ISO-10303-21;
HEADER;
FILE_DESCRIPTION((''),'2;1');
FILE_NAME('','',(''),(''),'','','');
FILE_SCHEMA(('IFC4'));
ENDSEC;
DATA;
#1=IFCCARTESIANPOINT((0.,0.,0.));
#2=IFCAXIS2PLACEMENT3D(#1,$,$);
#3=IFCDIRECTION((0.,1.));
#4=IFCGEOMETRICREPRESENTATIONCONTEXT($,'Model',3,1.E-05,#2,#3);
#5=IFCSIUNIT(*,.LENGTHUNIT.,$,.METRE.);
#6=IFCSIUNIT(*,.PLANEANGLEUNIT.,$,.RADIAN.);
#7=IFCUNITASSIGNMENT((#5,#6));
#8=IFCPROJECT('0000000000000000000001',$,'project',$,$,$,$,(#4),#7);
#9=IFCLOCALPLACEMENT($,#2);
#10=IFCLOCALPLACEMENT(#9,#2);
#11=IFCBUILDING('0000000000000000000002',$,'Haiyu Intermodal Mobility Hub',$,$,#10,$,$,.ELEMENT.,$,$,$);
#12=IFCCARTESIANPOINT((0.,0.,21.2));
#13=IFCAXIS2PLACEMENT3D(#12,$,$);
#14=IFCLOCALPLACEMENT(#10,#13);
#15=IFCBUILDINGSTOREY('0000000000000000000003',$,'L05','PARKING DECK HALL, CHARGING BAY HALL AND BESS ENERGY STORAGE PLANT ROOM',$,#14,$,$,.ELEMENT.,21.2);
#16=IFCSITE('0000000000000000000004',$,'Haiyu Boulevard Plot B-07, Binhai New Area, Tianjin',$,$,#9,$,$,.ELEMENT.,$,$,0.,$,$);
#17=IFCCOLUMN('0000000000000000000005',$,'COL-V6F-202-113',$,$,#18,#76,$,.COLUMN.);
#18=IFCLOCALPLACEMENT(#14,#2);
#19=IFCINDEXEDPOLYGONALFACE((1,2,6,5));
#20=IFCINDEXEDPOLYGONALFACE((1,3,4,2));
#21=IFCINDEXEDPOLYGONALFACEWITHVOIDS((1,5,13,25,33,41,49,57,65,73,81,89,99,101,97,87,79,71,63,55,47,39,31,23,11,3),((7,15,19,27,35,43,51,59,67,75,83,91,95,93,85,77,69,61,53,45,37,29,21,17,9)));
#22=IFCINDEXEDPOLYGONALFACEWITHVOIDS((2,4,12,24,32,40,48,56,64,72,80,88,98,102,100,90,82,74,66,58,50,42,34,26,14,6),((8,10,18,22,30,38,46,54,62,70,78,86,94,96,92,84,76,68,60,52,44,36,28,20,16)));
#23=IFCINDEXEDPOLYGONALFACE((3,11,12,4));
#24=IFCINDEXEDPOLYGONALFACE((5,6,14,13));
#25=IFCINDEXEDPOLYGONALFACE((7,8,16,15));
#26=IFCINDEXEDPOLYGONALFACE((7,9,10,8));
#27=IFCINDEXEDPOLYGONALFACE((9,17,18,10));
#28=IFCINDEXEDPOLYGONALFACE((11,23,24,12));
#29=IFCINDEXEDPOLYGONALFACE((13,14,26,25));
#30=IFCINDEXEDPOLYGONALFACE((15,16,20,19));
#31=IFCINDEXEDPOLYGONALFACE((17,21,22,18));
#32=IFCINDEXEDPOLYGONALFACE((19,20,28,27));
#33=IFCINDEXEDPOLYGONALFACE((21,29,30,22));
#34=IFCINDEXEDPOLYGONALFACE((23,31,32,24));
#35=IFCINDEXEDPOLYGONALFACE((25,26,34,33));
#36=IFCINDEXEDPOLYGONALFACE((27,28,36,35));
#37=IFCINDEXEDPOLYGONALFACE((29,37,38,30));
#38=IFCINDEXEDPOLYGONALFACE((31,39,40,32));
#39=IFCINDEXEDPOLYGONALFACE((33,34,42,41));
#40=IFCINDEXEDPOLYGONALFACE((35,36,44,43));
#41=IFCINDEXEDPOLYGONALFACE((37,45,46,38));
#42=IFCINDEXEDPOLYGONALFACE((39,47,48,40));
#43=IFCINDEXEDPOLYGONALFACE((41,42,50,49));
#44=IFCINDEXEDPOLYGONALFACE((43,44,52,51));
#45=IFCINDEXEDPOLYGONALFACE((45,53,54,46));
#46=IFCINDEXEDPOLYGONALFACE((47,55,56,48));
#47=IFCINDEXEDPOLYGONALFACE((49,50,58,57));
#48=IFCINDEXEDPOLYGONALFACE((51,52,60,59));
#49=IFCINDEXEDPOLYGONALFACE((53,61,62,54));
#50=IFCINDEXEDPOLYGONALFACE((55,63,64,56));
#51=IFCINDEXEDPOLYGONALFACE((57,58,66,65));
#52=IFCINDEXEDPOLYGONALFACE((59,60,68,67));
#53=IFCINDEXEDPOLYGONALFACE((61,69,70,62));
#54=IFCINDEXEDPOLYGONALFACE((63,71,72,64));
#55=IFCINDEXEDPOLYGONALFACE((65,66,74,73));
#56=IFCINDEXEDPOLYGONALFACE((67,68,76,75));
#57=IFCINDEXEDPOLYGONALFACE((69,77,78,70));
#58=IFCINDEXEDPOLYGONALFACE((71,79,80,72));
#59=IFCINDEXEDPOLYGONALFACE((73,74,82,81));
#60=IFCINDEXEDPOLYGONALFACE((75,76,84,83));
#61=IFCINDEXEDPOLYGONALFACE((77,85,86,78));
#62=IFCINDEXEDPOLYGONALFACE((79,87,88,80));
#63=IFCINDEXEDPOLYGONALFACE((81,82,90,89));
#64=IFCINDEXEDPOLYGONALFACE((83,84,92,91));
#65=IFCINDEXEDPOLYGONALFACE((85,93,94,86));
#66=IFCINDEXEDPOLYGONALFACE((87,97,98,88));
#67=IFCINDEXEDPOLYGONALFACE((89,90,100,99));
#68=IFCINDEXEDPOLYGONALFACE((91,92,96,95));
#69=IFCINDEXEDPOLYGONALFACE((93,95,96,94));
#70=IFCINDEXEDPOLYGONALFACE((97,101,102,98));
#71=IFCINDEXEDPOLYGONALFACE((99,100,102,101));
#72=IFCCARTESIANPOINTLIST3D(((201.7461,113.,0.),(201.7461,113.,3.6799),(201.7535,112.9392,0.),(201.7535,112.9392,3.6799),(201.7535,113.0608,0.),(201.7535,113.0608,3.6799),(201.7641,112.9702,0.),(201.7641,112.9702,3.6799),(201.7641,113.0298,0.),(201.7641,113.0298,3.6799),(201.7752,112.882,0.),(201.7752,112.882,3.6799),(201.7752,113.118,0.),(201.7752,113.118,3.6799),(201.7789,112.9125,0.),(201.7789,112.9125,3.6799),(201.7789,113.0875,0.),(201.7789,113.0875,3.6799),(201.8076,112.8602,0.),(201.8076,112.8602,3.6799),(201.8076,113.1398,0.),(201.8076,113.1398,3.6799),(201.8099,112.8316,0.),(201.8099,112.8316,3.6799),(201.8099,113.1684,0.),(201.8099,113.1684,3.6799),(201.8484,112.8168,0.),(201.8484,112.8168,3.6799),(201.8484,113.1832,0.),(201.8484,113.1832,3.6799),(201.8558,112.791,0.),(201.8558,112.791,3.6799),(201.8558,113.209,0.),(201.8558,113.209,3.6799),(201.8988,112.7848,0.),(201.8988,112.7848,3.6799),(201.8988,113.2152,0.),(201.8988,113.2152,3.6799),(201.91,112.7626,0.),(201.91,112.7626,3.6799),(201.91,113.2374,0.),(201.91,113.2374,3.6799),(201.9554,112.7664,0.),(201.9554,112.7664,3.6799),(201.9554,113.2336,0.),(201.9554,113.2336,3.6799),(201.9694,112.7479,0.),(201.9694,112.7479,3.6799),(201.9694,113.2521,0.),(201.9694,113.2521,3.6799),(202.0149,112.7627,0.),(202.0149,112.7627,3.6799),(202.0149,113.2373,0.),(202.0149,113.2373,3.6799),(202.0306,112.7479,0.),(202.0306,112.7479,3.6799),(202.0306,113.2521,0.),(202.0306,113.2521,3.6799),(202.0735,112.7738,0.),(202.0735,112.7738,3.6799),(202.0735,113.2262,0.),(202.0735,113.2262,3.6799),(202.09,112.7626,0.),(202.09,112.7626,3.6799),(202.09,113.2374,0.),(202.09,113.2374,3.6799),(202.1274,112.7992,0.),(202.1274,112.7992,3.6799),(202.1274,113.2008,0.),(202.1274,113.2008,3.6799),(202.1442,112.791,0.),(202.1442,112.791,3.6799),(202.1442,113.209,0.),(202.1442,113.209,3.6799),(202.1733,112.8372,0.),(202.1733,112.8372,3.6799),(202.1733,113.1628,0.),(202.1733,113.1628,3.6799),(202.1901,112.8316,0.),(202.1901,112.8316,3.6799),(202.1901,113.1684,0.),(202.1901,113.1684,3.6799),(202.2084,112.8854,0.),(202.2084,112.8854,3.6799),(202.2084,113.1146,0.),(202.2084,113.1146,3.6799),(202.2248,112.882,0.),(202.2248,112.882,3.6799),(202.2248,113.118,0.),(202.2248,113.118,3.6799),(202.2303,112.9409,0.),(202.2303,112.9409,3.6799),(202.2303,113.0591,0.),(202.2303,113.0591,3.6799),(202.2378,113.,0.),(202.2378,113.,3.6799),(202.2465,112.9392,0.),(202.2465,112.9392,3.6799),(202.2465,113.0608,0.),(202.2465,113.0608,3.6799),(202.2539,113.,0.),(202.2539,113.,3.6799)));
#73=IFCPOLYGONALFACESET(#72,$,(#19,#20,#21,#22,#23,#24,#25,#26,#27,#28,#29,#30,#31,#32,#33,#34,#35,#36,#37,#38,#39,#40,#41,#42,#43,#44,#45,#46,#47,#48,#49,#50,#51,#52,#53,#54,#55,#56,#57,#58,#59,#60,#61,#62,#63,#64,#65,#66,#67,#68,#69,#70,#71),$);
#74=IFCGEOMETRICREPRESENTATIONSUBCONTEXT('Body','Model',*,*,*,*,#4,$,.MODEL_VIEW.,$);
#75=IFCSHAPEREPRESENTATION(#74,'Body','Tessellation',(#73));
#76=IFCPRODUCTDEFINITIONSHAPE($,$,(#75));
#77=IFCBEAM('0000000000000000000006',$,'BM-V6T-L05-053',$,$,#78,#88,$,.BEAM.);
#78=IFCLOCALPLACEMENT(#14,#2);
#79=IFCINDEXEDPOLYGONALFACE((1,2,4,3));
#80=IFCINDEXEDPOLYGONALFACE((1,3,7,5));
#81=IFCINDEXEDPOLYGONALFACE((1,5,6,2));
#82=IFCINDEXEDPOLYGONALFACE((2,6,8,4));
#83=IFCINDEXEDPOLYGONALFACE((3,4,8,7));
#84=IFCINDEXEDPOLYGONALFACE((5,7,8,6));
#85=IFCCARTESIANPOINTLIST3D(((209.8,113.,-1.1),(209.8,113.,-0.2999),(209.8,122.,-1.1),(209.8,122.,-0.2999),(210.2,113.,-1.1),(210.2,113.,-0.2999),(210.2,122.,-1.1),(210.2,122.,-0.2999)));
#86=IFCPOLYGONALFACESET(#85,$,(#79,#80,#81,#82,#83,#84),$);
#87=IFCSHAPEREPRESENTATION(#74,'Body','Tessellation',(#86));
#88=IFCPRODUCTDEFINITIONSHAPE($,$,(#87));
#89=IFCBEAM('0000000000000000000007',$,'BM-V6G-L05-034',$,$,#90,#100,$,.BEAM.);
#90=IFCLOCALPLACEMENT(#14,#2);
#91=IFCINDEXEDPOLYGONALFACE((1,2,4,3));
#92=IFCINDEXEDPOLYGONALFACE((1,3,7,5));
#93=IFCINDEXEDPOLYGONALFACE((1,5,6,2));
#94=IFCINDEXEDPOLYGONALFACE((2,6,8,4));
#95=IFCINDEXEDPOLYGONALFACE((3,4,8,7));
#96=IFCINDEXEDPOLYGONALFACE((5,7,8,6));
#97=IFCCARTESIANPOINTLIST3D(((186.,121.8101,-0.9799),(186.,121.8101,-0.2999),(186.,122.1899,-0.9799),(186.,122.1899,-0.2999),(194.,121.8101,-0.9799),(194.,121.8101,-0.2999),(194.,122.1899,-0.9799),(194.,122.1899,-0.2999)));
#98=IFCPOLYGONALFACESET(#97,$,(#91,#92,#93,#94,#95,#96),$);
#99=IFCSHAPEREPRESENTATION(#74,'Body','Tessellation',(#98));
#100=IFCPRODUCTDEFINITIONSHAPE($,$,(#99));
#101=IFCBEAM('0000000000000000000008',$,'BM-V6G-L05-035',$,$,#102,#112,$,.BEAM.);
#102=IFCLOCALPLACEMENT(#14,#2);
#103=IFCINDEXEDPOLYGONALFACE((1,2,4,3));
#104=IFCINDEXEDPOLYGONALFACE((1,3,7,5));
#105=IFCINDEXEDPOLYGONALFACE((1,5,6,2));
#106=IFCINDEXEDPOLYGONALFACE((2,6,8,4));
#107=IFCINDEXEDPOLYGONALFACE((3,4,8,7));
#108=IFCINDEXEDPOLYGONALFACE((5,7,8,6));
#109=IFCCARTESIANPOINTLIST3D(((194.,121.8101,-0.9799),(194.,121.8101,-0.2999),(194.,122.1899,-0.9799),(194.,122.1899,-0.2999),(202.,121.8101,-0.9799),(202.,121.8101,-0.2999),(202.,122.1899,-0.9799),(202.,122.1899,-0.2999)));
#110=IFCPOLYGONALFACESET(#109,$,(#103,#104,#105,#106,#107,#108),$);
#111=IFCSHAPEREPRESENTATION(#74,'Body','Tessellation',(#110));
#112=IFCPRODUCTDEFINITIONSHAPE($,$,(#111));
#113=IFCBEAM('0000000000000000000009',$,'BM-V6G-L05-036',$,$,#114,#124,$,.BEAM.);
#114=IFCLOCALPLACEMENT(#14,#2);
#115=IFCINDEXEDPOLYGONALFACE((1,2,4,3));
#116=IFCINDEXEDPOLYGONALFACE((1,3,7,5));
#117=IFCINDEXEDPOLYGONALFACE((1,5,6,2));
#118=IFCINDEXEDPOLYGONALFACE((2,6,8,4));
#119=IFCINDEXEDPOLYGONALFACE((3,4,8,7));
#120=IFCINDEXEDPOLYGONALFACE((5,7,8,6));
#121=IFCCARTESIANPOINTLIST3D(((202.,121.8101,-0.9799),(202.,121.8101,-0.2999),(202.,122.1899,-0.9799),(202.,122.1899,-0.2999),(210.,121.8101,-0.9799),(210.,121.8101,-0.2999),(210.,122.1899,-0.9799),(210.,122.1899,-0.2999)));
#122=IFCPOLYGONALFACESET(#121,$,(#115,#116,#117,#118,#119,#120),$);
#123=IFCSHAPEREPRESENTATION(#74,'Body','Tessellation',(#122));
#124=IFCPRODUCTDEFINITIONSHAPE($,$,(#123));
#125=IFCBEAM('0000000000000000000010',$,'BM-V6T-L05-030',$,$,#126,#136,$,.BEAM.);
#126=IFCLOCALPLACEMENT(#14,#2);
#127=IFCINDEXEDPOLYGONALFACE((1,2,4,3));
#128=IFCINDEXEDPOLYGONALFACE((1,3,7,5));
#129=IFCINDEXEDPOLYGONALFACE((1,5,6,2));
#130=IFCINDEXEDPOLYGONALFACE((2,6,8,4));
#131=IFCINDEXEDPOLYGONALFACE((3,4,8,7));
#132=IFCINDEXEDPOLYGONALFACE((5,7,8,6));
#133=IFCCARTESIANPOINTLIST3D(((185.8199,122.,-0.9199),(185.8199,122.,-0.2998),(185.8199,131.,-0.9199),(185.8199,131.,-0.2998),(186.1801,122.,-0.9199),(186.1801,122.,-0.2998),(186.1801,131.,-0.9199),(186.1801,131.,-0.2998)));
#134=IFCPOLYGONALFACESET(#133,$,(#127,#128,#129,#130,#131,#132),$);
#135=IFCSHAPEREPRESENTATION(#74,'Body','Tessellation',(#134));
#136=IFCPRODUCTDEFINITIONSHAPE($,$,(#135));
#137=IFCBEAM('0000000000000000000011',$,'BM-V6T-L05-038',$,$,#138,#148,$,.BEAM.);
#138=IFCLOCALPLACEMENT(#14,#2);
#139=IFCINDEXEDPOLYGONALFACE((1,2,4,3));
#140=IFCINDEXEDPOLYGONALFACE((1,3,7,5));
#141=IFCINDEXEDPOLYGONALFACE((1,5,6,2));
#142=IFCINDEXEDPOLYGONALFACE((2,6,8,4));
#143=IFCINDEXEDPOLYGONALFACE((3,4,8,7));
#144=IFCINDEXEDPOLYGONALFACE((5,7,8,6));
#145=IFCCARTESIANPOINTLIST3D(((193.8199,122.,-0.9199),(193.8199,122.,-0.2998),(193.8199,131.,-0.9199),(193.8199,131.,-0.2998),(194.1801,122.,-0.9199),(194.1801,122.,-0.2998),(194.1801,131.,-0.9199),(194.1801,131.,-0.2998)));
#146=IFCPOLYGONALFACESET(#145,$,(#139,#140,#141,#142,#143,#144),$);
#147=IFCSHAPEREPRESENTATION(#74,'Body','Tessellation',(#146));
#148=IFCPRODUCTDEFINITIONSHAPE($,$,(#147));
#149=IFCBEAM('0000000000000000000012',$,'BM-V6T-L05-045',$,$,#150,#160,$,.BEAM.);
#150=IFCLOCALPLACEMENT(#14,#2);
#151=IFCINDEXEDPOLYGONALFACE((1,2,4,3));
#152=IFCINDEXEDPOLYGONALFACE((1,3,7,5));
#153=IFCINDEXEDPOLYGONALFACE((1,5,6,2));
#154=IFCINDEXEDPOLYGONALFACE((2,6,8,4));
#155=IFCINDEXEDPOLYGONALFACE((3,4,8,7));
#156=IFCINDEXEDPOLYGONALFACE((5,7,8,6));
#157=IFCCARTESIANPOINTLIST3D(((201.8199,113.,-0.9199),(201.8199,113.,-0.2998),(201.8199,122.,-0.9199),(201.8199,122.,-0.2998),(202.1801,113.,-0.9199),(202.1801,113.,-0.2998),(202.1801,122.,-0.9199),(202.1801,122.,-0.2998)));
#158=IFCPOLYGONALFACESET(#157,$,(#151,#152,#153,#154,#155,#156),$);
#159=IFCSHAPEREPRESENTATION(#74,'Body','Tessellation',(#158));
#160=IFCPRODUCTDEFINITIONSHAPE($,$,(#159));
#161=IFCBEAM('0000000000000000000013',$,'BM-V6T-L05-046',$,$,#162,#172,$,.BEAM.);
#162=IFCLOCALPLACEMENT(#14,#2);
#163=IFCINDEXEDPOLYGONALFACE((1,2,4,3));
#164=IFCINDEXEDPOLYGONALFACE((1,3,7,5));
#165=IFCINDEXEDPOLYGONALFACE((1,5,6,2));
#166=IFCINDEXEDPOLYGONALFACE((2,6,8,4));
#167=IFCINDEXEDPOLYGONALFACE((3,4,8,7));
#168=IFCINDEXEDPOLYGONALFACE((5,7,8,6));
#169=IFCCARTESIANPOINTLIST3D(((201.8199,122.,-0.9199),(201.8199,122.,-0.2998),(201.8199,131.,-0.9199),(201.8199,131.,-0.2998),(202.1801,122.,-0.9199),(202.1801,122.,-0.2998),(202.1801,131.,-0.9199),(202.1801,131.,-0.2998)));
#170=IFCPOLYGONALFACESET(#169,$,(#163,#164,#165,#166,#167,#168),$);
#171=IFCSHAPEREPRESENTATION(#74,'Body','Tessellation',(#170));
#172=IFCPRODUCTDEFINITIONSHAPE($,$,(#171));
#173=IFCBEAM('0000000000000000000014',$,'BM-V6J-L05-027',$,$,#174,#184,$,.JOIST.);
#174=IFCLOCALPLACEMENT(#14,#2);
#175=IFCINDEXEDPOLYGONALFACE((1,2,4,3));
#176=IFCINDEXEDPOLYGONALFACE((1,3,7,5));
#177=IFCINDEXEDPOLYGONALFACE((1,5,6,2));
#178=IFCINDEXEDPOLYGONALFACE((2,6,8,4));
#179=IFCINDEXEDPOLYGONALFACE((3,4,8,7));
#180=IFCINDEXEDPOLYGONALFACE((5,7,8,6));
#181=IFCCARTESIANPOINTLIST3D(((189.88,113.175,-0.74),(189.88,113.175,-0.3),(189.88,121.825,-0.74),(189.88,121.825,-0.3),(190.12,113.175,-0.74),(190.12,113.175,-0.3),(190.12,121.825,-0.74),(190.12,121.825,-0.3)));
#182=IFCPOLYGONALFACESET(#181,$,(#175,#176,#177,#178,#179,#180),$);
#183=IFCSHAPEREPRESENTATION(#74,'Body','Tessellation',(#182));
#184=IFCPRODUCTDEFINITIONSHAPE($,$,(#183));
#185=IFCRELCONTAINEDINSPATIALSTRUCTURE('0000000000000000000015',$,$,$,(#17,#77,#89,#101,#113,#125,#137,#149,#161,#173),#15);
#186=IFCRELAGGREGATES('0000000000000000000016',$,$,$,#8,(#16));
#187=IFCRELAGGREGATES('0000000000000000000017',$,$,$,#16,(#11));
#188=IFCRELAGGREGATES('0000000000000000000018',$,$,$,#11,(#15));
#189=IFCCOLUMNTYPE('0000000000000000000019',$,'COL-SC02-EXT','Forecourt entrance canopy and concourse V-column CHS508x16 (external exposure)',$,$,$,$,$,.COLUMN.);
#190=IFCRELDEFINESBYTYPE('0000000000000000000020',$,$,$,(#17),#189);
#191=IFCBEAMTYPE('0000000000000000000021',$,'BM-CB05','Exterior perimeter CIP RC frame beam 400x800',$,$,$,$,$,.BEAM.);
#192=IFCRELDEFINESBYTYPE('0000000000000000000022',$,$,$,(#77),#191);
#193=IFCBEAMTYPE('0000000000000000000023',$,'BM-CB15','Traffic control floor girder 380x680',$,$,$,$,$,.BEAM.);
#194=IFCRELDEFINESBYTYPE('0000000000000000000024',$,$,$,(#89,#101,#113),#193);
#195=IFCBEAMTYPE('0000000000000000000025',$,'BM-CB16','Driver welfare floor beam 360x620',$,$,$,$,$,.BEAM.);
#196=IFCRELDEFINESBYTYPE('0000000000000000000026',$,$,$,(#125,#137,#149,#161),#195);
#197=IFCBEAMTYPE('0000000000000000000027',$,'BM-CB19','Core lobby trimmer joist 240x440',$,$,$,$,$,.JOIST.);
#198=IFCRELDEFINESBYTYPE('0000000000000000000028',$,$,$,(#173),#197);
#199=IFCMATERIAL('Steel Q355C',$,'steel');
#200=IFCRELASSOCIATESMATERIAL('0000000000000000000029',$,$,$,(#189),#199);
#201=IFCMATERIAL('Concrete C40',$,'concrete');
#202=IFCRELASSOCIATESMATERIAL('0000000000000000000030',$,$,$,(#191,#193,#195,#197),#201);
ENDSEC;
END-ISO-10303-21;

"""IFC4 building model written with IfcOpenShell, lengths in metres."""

from ifc_helpers import new_model, si_unit, direction, frame, origin, origin_2d, place, context, subcontext, project, spatial, rectangle, hollow_circle, extrude, material, material_profile, profile_set, type_object, element, save


model = new_model("IFC4")

# Units and contexts
model_context = context("Model", 3, precision=1e-05, world=origin(), true_north=direction((0.0, 1.0)))
body_context = subcontext(model_context, "Body", "Model", "MODEL_VIEW")
ifc_project = project(units=[si_unit("LENGTHUNIT", "METRE"), si_unit("PLANEANGLEUNIT", "RADIAN")], contexts=[model_context])

# Site, building, storey
site_placement = place(None, origin())
site = spatial("IfcSite", under=ifc_project, at=site_placement, Name="Haiyu Boulevard Plot B-07, Binhai New Area, Tianjin", CompositionType="ELEMENT", RefElevation=0.0)
building_placement = place(site_placement, origin())
building = spatial("IfcBuilding", under=site, at=building_placement, Name="Haiyu Intermodal Mobility Hub", CompositionType="ELEMENT")
storey_placement = place(building_placement, frame((0.0, 0.0, 21.2)))
storey = spatial("IfcBuildingStorey", under=building, at=storey_placement, Name="L05", Description="PARKING DECK HALL, CHARGING BAY HALL AND BESS ENERGY STORAGE PLANT ROOM", CompositionType="ELEMENT", Elevation=21.2)

# Column
ifc_material_1 = material(Name="Steel Q355C", Category="steel")
ifc_material_profile_1 = material_profile(ifc_material_1, hollow_circle(Radius=0.2539, WallThickness=0.0161, at=origin_2d()), Name="CHS508x16")
ifc_profile_set_1 = profile_set([ifc_material_profile_1], Name="Steel Q355C")
column_type = type_object("IfcColumnType", Name="COL-SC02-EXT", Description="Forecourt entrance canopy and concourse V-column CHS508x16 (external exposure)", PredefinedType="COLUMN", material=ifc_profile_set_1)
column_placement = place(storey_placement, frame((202.0, 113.0, 0.0), z_axis=(0.0, 0.0, 1.0), x_axis=(1.0, 0.0, 0.0)))
element("IfcColumn", 1, at=column_placement, inside=storey, type_object=column_type, Name="COL-V6F-202-113", PredefinedType="COLUMN", context=body_context, shape_type="SweptSolid", body=[
    extrude(hollow_circle(Radius=0.2539, WallThickness=0.0161, at=origin_2d()), origin(), (0.0, 0.0, 1.0), 3.6799),
])

# Beams
ifc_material_2 = material(Name="Concrete C40", Category="concrete")
ifc_material_profile_2 = material_profile(ifc_material_2, rectangle(XDim=0.3999, YDim=0.8, at=origin_2d()), Name="RCB400x800")
ifc_profile_set_2 = profile_set([ifc_material_profile_2], Name="Concrete C40")
beam_type_1 = type_object("IfcBeamType", Name="BM-CB05", Description="Exterior perimeter CIP RC frame beam 400x800", PredefinedType="BEAM", material=ifc_profile_set_2)
beam_1_placement = place(storey_placement, frame((210.0, 113.0, -0.7), z_axis=(0.0, 1.0, 0.0), x_axis=(-1.0, 0.0, 0.0)))
element("IfcBeam", 2, at=beam_1_placement, inside=storey, type_object=beam_type_1, Name="BM-V6T-L05-053", PredefinedType="BEAM", context=body_context, shape_type="SweptSolid", body=[
    extrude(rectangle(XDim=0.3999, YDim=0.8, at=origin_2d()), origin(), (0.0, 0.0, 1.0), 9.0),
])
ifc_material_profile_3 = material_profile(ifc_material_2, rectangle(XDim=0.3799, YDim=0.6799, at=origin_2d()), Name="B380x680")
ifc_profile_set_3 = profile_set([ifc_material_profile_3], Name="Concrete C40")
beam_type_2 = type_object("IfcBeamType", Name="BM-CB15", Description="Traffic control floor girder 380x680", PredefinedType="BEAM", material=ifc_profile_set_3)
for number, where, z_axis, x_axis, name in (
    (3, (186.0, 122.0, -0.6399), (1.0, 0.0, 0.0), (0.0, 1.0, 0.0), "BM-V6G-L05-034"),
    (4, (194.0, 122.0, -0.6399), (1.0, 0.0, 0.0), (0.0, 1.0, 0.0), "BM-V6G-L05-035"),
    (5, (202.0, 122.0, -0.6399), (1.0, 0.0, 0.0), (0.0, 1.0, 0.0), "BM-V6G-L05-036"),
):
    element("IfcBeam", number, at=place(storey_placement, frame(where, z_axis=z_axis, x_axis=x_axis)), inside=storey, type_object=beam_type_2, Name=name, PredefinedType="BEAM", context=body_context, shape_type="SweptSolid", body=[
        extrude(rectangle(XDim=0.3799, YDim=0.6799, at=origin_2d()), origin(), (0.0, 0.0, 1.0), 8.0),
    ])
ifc_material_profile_4 = material_profile(ifc_material_2, rectangle(XDim=0.3601, YDim=0.6201, at=origin_2d()), Name="B360x620")
ifc_profile_set_4 = profile_set([ifc_material_profile_4], Name="Concrete C40")
beam_type_3 = type_object("IfcBeamType", Name="BM-CB16", Description="Driver welfare floor beam 360x620", PredefinedType="BEAM", material=ifc_profile_set_4)
for number, where, z_axis, x_axis, name in (
    (6, (186.0, 122.0, -0.6099), (0.0, 1.0, 0.0), (-1.0, 0.0, 0.0), "BM-V6T-L05-030"),
    (7, (194.0, 122.0, -0.6099), (0.0, 1.0, 0.0), (-1.0, 0.0, 0.0), "BM-V6T-L05-038"),
    (8, (202.0, 113.0, -0.6099), (0.0, 1.0, 0.0), (-1.0, 0.0, 0.0), "BM-V6T-L05-045"),
    (9, (202.0, 122.0, -0.6099), (0.0, 1.0, 0.0), (-1.0, 0.0, 0.0), "BM-V6T-L05-046"),
):
    element("IfcBeam", number, at=place(storey_placement, frame(where, z_axis=z_axis, x_axis=x_axis)), inside=storey, type_object=beam_type_3, Name=name, PredefinedType="BEAM", context=body_context, shape_type="SweptSolid", body=[
        extrude(rectangle(XDim=0.3601, YDim=0.6201, at=origin_2d()), origin(), (0.0, 0.0, 1.0), 9.0),
    ])
ifc_material_profile_5 = material_profile(ifc_material_2, rectangle(XDim=0.24, YDim=0.4399, at=origin_2d()), Name="B240x440")
ifc_profile_set_5 = profile_set([ifc_material_profile_5], Name="Concrete C40")
beam_type_4 = type_object("IfcBeamType", Name="BM-CB19", Description="Core lobby trimmer joist 240x440", PredefinedType="JOIST", material=ifc_profile_set_5)
beam_2_placement = place(storey_placement, frame((190.0, 113.175, -0.52), z_axis=(0.0, 1.0, 0.0), x_axis=(-1.0, 0.0, 0.0)))
element("IfcBeam", 10, at=beam_2_placement, inside=storey, type_object=beam_type_4, Name="BM-V6J-L05-027", PredefinedType="JOIST", context=body_context, shape_type="SweptSolid", body=[
    extrude(rectangle(XDim=0.24, YDim=0.4399, at=origin_2d()), origin(), (0.0, 0.0, 1.0), 8.6499),
])

save(model, "model.ifc")
